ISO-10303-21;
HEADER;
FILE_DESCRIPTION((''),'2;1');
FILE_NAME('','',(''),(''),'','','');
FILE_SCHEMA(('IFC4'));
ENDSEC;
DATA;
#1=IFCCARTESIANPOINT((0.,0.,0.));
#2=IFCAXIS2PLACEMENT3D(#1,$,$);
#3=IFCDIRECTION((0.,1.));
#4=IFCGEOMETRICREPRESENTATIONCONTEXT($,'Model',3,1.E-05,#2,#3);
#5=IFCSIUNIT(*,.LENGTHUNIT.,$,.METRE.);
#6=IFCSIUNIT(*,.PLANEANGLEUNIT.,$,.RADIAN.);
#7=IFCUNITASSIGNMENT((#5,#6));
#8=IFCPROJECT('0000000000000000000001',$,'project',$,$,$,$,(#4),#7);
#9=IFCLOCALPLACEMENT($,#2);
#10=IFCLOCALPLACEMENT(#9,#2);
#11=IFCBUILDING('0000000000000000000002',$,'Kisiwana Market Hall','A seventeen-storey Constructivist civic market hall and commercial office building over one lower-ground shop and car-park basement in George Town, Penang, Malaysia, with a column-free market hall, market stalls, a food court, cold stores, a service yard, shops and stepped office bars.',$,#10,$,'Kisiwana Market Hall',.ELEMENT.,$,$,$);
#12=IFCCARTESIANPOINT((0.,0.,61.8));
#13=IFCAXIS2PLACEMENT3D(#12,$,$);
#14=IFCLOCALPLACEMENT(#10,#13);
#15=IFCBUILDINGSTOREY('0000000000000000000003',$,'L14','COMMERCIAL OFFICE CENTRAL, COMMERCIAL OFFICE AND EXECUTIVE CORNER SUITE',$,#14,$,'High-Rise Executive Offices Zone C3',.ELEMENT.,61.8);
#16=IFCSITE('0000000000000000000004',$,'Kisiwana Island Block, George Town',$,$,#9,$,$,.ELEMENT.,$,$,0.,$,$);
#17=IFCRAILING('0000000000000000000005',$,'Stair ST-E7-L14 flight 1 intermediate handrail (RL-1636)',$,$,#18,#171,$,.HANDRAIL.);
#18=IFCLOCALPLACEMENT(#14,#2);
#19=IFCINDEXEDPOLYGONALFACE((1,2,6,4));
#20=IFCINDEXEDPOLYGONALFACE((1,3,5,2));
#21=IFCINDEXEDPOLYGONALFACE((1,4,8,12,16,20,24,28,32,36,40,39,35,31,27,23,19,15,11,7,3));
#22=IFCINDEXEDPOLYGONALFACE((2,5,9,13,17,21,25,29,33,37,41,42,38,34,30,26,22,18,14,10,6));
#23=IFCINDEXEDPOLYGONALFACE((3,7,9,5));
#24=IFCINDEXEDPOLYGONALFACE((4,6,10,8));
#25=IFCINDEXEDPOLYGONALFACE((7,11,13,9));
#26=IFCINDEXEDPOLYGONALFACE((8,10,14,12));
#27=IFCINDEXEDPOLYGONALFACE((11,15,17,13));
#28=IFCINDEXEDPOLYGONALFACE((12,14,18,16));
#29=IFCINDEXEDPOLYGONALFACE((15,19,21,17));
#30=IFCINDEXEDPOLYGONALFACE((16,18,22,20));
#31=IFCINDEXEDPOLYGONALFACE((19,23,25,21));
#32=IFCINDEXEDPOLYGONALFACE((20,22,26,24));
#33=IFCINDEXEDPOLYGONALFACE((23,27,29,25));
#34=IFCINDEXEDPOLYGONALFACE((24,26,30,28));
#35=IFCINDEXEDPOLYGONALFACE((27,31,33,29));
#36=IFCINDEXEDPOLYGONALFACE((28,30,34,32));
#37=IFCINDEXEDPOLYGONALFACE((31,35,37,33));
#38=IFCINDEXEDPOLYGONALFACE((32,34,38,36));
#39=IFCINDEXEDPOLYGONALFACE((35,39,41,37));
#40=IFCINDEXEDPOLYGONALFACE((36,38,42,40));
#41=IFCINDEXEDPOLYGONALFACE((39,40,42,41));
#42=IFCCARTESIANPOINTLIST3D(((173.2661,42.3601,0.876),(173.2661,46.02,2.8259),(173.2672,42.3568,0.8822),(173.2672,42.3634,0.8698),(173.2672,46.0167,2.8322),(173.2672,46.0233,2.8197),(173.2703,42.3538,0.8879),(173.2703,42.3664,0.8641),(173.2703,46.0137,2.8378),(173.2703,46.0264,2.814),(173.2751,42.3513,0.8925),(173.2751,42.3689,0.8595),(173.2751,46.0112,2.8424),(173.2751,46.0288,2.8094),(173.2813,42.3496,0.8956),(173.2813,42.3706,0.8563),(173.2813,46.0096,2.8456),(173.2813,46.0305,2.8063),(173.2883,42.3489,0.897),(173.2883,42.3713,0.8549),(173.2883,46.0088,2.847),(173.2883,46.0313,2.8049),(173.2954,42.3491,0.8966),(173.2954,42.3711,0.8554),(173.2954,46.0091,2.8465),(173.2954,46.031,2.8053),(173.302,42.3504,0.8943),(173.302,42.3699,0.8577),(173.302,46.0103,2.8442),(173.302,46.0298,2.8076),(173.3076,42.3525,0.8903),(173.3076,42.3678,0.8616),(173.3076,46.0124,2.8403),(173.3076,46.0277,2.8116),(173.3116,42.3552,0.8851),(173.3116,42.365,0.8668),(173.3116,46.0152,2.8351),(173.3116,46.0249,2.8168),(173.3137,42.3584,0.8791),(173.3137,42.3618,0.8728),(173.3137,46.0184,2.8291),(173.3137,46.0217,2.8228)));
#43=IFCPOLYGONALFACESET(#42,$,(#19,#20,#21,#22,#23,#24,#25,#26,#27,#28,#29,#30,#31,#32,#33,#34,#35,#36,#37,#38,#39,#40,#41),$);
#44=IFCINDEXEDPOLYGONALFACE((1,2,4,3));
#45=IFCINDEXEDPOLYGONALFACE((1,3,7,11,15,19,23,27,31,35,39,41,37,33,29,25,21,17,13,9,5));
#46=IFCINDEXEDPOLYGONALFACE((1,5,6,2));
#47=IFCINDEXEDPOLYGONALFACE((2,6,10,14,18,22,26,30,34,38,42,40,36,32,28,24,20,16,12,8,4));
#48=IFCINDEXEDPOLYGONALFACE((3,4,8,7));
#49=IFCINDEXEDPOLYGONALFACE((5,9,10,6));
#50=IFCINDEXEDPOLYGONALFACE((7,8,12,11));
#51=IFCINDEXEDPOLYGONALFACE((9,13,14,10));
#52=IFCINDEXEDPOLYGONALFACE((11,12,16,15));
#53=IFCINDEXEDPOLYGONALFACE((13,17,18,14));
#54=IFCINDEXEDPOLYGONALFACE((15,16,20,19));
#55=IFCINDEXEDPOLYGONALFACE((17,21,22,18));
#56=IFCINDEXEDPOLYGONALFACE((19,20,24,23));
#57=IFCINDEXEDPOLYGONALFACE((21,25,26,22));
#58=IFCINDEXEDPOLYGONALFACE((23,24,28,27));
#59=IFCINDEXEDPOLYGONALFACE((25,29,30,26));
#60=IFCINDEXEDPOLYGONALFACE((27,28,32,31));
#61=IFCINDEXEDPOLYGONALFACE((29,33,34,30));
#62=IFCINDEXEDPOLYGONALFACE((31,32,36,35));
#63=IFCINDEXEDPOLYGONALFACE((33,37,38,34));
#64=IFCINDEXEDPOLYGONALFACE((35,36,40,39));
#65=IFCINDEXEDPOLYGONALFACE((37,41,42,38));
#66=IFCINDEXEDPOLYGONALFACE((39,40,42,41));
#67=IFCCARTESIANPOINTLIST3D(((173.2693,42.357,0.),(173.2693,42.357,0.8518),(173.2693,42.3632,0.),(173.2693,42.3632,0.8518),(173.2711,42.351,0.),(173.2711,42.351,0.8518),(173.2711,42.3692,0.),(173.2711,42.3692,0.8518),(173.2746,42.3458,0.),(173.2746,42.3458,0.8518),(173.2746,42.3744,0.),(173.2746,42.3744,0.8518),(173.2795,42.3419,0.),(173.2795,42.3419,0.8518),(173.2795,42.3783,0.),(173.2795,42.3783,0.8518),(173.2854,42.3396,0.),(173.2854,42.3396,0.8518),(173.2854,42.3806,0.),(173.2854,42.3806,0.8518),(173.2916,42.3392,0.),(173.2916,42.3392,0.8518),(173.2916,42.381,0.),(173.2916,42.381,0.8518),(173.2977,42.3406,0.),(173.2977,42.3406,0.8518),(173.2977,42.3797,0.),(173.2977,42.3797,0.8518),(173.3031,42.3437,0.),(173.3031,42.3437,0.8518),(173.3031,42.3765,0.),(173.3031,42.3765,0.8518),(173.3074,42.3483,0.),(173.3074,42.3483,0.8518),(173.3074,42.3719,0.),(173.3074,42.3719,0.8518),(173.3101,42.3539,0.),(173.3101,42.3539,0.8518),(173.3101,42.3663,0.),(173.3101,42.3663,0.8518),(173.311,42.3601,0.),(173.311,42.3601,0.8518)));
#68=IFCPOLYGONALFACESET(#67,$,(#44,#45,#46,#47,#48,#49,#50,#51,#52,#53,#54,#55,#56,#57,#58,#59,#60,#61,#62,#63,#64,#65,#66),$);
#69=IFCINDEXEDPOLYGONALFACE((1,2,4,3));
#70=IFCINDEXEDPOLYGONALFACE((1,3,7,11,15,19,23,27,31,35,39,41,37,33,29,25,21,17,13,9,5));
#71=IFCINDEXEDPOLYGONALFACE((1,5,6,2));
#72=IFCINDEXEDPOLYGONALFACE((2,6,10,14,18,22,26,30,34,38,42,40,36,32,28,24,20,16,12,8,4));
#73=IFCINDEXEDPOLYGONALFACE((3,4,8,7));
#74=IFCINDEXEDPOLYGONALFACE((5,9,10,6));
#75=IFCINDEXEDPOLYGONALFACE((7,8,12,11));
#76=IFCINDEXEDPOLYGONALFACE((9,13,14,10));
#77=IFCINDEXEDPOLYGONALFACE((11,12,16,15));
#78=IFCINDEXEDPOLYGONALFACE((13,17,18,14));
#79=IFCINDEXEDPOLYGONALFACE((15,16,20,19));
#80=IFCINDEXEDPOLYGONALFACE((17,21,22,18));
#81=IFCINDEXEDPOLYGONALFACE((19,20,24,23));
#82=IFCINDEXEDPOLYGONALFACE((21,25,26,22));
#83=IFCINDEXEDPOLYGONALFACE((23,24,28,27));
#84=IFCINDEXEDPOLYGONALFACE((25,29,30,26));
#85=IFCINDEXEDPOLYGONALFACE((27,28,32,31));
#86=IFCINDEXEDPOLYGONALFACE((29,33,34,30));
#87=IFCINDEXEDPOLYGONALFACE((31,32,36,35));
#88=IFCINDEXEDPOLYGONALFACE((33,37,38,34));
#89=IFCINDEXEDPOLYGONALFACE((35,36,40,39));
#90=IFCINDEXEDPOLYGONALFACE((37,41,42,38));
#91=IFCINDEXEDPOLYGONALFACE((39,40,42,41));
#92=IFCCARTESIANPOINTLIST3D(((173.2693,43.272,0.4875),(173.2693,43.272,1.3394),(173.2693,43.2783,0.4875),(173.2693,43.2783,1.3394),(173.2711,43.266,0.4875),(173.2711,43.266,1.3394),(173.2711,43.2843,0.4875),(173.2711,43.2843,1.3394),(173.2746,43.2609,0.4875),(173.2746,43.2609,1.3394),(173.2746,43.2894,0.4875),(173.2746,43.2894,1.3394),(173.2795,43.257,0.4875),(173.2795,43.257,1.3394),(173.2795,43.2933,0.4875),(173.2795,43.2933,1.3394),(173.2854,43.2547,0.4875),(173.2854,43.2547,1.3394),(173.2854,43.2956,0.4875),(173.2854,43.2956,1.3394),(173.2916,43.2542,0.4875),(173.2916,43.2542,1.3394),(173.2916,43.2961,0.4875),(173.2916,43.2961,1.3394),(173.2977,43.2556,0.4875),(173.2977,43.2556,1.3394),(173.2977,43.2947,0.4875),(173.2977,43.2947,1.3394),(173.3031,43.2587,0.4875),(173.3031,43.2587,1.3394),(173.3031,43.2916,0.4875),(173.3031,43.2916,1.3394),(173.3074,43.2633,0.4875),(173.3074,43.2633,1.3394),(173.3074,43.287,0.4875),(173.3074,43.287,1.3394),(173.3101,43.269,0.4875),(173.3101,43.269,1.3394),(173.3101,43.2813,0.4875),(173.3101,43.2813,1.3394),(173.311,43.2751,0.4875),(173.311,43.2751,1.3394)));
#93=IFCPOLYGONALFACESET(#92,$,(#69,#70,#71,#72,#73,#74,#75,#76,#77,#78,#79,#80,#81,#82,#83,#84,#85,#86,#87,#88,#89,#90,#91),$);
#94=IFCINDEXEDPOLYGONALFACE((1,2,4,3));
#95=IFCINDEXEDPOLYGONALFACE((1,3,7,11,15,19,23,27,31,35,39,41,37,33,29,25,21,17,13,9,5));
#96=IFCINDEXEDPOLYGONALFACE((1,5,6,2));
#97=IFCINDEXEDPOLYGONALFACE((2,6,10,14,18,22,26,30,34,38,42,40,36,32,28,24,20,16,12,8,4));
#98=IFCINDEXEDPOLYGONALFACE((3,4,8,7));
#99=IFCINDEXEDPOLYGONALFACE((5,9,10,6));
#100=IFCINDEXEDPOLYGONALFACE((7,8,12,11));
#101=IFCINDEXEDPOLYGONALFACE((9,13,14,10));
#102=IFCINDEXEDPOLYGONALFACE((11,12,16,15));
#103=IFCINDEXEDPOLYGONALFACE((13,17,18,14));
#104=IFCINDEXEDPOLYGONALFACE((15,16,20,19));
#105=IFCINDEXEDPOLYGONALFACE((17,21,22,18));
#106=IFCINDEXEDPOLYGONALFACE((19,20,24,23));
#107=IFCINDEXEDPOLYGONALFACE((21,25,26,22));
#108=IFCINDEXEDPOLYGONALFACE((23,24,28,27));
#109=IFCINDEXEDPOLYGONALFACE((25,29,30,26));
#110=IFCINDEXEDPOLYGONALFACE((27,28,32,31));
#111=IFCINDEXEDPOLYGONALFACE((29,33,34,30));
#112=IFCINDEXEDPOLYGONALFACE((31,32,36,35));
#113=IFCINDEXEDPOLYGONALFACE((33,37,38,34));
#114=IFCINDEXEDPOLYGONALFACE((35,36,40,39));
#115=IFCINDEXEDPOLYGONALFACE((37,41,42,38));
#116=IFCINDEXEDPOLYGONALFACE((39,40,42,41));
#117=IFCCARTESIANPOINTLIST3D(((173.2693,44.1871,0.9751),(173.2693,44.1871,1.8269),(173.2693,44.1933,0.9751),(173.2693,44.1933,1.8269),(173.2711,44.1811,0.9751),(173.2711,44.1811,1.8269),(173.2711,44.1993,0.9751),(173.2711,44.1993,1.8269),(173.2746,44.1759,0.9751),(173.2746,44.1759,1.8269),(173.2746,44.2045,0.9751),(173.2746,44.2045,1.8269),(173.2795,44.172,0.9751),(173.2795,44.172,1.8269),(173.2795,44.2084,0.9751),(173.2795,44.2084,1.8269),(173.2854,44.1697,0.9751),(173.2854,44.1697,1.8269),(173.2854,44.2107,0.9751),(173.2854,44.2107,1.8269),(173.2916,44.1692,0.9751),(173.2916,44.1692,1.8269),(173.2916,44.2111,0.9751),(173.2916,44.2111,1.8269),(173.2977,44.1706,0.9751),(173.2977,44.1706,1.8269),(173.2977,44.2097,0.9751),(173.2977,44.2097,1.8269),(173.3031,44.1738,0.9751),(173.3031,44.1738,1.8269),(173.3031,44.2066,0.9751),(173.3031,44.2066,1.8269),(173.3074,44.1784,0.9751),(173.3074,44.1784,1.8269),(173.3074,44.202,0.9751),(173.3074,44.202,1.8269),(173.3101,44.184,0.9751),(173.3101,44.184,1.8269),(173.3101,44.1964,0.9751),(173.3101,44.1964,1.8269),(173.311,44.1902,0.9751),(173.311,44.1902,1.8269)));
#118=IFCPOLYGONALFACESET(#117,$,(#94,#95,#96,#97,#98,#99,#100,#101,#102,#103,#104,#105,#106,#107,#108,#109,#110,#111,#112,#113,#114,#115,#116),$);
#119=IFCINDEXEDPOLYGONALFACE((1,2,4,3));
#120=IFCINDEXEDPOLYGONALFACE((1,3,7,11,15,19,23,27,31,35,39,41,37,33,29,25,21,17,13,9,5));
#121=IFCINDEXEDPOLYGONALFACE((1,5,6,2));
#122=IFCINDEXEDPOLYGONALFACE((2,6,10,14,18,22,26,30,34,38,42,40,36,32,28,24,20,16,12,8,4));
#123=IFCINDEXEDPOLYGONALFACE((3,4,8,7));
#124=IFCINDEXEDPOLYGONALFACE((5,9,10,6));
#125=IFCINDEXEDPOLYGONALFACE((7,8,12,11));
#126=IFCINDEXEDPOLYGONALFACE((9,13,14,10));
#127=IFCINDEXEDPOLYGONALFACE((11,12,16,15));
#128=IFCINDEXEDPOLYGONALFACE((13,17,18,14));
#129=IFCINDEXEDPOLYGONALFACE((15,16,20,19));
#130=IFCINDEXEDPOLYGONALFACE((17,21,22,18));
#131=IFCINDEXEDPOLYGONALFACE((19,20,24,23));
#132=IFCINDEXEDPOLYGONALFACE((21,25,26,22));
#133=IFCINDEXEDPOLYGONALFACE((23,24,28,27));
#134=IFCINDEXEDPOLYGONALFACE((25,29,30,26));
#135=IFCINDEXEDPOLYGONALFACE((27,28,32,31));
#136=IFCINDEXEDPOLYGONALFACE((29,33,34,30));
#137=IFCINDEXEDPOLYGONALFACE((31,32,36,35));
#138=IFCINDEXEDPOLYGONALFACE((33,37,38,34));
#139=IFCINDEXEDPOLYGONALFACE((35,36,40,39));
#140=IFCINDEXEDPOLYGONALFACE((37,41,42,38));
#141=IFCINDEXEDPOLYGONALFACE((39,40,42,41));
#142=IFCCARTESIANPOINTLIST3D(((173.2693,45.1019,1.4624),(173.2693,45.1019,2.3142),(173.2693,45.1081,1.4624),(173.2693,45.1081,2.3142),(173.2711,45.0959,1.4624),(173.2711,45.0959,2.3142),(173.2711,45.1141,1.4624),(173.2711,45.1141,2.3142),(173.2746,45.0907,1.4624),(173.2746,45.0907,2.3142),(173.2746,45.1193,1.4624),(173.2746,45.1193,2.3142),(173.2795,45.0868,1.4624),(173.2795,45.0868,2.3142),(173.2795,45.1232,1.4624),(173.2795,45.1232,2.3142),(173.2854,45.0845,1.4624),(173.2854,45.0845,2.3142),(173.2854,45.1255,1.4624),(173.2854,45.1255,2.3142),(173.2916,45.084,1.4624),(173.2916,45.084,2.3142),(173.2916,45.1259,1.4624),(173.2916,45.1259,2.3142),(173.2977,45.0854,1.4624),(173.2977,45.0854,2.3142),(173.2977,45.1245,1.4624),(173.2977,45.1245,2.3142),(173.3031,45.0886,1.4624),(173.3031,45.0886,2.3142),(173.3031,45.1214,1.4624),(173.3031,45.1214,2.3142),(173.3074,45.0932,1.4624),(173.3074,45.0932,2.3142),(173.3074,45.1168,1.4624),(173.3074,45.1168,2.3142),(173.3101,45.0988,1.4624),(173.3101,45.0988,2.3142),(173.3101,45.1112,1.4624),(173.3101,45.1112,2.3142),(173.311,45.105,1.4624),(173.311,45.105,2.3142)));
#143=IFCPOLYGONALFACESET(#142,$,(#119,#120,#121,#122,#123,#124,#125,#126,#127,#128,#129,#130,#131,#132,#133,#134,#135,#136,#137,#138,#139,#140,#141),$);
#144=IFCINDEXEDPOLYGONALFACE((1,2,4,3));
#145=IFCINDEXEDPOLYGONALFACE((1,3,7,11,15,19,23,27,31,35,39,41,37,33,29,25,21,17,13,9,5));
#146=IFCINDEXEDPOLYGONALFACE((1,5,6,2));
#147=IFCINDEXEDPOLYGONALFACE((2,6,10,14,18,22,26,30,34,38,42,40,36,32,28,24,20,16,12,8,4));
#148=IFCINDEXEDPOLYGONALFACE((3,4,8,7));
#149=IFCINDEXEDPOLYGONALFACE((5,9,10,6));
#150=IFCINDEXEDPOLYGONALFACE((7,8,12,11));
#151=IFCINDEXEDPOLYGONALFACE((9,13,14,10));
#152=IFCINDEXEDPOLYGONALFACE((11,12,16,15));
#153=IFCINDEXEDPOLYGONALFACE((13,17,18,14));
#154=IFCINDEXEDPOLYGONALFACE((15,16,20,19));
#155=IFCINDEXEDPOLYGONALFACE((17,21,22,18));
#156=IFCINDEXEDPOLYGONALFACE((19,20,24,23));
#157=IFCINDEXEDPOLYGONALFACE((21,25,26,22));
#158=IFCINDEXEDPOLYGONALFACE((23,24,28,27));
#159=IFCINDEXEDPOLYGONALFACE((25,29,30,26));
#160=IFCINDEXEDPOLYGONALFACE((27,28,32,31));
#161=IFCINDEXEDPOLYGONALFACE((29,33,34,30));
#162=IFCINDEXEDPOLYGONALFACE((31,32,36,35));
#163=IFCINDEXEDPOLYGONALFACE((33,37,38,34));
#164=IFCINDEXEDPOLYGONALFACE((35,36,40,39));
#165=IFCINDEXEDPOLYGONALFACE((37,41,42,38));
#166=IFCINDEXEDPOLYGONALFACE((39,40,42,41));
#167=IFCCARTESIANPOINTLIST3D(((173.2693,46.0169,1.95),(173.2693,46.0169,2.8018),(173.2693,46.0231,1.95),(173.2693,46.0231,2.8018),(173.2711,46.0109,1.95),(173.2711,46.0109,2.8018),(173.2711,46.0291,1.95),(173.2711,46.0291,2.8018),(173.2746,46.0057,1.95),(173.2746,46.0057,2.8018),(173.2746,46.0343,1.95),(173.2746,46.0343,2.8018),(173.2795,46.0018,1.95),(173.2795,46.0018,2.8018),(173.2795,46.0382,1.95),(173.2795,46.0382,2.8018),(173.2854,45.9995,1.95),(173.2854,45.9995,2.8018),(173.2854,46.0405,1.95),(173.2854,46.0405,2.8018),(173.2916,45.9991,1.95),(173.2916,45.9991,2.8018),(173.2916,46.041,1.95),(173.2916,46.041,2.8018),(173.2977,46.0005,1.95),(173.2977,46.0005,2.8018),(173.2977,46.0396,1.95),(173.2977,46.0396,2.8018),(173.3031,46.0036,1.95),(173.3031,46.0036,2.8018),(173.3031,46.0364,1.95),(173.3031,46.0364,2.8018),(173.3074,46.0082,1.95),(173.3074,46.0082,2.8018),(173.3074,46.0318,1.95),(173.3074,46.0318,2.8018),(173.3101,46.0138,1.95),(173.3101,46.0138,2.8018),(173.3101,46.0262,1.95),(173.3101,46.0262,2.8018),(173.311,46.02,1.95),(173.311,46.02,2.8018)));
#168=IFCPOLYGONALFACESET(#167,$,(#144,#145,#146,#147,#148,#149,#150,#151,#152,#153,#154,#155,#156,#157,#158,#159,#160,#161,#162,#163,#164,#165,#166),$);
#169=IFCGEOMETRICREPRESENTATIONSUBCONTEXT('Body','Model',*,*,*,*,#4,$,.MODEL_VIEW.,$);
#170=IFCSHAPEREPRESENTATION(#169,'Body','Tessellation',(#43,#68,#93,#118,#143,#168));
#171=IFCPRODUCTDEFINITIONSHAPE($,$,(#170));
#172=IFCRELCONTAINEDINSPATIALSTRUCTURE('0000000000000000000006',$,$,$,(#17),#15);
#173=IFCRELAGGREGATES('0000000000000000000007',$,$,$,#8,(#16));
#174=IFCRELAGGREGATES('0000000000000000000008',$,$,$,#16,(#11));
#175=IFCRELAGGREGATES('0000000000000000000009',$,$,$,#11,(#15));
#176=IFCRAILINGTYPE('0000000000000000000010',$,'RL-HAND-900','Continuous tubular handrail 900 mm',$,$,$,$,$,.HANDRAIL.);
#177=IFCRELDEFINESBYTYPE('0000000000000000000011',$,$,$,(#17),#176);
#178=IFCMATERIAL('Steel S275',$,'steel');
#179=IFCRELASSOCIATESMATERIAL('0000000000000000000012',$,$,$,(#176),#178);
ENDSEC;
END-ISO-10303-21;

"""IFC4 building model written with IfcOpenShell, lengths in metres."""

from ifc_helpers import new_model, si_unit, direction, frame, origin, origin_2d, place, context, subcontext, project, spatial, circle, extrude, material, type_object, element, save


model = new_model("IFC4")

# Units and contexts
model_context = context("Model", 3, precision=1e-05, world=origin(), true_north=direction((0.0, 1.0)))
body_context = subcontext(model_context, "Body", "Model", "MODEL_VIEW")
ifc_project = project(units=[si_unit("LENGTHUNIT", "METRE"), si_unit("PLANEANGLEUNIT", "RADIAN")], contexts=[model_context])

# Site, building, storey
site_placement = place(None, origin())
site = spatial("IfcSite", under=ifc_project, at=site_placement, Name="Kisiwana Island Block, George Town", CompositionType="ELEMENT", RefElevation=0.0)
building_placement = place(site_placement, origin())
building = spatial("IfcBuilding", under=site, at=building_placement, Name="Kisiwana Market Hall", Description="A seventeen-storey Constructivist civic market hall and commercial office building over one lower-ground shop and car-park basement in George Town, Penang, Malaysia, with a column-free market hall, market stalls, a food court, cold stores, a service yard, shops and stepped office bars.", LongName="Kisiwana Market Hall", CompositionType="ELEMENT")
storey_placement = place(building_placement, frame((0.0, 0.0, 61.8)))
storey = spatial("IfcBuildingStorey", under=building, at=storey_placement, Name="L14", Description="COMMERCIAL OFFICE CENTRAL, COMMERCIAL OFFICE AND EXECUTIVE CORNER SUITE", LongName="High-Rise Executive Offices Zone C3", CompositionType="ELEMENT", Elevation=61.8)

# Railing
ifc_material_1 = material(Name="Steel S275", Category="steel")
railing_type_1 = type_object("IfcRailingType", Name="RL-HAND-900", Description="Continuous tubular handrail 900 mm", PredefinedType="HANDRAIL", material=ifc_material_1)
railing_1_placement = place(storey_placement, frame((173.29, 42.3601, 0.0)))
element("IfcRailing", 1, at=railing_1_placement, inside=storey, type_object=railing_type_1, Name="Stair ST-E7-L14 flight 1 intermediate handrail (RL-1636)", PredefinedType="HANDRAIL", context=body_context, shape_type="SweptSolid", body=[
    extrude(circle(Radius=0.0239, at=origin_2d()), frame((0.0, 0.0, 0.876), z_axis=(0.0, 0.882553, 0.470212), x_axis=(-1.0, 0.0, 0.0)), (0.0, 0.0, 1.0), 4.147),
    extrude(circle(Radius=0.021, at=origin_2d()), origin(), (0.0, 0.0, 1.0), 0.8518),
    extrude(circle(Radius=0.021, at=origin_2d()), frame((0.0, 0.915, 0.4875)), (0.0, 0.0, 1.0), 0.8518),
    extrude(circle(Radius=0.021, at=origin_2d()), frame((0.0, 1.8301, 0.9751)), (0.0, 0.0, 1.0), 0.8518),
    extrude(circle(Radius=0.021, at=origin_2d()), frame((0.0, 2.7449, 1.4624)), (0.0, 0.0, 1.0), 0.8518),
    extrude(circle(Radius=0.021, at=origin_2d()), frame((0.0, 3.6599, 1.95)), (0.0, 0.0, 1.0), 0.8518),
])

save(model, "model.ifc")
